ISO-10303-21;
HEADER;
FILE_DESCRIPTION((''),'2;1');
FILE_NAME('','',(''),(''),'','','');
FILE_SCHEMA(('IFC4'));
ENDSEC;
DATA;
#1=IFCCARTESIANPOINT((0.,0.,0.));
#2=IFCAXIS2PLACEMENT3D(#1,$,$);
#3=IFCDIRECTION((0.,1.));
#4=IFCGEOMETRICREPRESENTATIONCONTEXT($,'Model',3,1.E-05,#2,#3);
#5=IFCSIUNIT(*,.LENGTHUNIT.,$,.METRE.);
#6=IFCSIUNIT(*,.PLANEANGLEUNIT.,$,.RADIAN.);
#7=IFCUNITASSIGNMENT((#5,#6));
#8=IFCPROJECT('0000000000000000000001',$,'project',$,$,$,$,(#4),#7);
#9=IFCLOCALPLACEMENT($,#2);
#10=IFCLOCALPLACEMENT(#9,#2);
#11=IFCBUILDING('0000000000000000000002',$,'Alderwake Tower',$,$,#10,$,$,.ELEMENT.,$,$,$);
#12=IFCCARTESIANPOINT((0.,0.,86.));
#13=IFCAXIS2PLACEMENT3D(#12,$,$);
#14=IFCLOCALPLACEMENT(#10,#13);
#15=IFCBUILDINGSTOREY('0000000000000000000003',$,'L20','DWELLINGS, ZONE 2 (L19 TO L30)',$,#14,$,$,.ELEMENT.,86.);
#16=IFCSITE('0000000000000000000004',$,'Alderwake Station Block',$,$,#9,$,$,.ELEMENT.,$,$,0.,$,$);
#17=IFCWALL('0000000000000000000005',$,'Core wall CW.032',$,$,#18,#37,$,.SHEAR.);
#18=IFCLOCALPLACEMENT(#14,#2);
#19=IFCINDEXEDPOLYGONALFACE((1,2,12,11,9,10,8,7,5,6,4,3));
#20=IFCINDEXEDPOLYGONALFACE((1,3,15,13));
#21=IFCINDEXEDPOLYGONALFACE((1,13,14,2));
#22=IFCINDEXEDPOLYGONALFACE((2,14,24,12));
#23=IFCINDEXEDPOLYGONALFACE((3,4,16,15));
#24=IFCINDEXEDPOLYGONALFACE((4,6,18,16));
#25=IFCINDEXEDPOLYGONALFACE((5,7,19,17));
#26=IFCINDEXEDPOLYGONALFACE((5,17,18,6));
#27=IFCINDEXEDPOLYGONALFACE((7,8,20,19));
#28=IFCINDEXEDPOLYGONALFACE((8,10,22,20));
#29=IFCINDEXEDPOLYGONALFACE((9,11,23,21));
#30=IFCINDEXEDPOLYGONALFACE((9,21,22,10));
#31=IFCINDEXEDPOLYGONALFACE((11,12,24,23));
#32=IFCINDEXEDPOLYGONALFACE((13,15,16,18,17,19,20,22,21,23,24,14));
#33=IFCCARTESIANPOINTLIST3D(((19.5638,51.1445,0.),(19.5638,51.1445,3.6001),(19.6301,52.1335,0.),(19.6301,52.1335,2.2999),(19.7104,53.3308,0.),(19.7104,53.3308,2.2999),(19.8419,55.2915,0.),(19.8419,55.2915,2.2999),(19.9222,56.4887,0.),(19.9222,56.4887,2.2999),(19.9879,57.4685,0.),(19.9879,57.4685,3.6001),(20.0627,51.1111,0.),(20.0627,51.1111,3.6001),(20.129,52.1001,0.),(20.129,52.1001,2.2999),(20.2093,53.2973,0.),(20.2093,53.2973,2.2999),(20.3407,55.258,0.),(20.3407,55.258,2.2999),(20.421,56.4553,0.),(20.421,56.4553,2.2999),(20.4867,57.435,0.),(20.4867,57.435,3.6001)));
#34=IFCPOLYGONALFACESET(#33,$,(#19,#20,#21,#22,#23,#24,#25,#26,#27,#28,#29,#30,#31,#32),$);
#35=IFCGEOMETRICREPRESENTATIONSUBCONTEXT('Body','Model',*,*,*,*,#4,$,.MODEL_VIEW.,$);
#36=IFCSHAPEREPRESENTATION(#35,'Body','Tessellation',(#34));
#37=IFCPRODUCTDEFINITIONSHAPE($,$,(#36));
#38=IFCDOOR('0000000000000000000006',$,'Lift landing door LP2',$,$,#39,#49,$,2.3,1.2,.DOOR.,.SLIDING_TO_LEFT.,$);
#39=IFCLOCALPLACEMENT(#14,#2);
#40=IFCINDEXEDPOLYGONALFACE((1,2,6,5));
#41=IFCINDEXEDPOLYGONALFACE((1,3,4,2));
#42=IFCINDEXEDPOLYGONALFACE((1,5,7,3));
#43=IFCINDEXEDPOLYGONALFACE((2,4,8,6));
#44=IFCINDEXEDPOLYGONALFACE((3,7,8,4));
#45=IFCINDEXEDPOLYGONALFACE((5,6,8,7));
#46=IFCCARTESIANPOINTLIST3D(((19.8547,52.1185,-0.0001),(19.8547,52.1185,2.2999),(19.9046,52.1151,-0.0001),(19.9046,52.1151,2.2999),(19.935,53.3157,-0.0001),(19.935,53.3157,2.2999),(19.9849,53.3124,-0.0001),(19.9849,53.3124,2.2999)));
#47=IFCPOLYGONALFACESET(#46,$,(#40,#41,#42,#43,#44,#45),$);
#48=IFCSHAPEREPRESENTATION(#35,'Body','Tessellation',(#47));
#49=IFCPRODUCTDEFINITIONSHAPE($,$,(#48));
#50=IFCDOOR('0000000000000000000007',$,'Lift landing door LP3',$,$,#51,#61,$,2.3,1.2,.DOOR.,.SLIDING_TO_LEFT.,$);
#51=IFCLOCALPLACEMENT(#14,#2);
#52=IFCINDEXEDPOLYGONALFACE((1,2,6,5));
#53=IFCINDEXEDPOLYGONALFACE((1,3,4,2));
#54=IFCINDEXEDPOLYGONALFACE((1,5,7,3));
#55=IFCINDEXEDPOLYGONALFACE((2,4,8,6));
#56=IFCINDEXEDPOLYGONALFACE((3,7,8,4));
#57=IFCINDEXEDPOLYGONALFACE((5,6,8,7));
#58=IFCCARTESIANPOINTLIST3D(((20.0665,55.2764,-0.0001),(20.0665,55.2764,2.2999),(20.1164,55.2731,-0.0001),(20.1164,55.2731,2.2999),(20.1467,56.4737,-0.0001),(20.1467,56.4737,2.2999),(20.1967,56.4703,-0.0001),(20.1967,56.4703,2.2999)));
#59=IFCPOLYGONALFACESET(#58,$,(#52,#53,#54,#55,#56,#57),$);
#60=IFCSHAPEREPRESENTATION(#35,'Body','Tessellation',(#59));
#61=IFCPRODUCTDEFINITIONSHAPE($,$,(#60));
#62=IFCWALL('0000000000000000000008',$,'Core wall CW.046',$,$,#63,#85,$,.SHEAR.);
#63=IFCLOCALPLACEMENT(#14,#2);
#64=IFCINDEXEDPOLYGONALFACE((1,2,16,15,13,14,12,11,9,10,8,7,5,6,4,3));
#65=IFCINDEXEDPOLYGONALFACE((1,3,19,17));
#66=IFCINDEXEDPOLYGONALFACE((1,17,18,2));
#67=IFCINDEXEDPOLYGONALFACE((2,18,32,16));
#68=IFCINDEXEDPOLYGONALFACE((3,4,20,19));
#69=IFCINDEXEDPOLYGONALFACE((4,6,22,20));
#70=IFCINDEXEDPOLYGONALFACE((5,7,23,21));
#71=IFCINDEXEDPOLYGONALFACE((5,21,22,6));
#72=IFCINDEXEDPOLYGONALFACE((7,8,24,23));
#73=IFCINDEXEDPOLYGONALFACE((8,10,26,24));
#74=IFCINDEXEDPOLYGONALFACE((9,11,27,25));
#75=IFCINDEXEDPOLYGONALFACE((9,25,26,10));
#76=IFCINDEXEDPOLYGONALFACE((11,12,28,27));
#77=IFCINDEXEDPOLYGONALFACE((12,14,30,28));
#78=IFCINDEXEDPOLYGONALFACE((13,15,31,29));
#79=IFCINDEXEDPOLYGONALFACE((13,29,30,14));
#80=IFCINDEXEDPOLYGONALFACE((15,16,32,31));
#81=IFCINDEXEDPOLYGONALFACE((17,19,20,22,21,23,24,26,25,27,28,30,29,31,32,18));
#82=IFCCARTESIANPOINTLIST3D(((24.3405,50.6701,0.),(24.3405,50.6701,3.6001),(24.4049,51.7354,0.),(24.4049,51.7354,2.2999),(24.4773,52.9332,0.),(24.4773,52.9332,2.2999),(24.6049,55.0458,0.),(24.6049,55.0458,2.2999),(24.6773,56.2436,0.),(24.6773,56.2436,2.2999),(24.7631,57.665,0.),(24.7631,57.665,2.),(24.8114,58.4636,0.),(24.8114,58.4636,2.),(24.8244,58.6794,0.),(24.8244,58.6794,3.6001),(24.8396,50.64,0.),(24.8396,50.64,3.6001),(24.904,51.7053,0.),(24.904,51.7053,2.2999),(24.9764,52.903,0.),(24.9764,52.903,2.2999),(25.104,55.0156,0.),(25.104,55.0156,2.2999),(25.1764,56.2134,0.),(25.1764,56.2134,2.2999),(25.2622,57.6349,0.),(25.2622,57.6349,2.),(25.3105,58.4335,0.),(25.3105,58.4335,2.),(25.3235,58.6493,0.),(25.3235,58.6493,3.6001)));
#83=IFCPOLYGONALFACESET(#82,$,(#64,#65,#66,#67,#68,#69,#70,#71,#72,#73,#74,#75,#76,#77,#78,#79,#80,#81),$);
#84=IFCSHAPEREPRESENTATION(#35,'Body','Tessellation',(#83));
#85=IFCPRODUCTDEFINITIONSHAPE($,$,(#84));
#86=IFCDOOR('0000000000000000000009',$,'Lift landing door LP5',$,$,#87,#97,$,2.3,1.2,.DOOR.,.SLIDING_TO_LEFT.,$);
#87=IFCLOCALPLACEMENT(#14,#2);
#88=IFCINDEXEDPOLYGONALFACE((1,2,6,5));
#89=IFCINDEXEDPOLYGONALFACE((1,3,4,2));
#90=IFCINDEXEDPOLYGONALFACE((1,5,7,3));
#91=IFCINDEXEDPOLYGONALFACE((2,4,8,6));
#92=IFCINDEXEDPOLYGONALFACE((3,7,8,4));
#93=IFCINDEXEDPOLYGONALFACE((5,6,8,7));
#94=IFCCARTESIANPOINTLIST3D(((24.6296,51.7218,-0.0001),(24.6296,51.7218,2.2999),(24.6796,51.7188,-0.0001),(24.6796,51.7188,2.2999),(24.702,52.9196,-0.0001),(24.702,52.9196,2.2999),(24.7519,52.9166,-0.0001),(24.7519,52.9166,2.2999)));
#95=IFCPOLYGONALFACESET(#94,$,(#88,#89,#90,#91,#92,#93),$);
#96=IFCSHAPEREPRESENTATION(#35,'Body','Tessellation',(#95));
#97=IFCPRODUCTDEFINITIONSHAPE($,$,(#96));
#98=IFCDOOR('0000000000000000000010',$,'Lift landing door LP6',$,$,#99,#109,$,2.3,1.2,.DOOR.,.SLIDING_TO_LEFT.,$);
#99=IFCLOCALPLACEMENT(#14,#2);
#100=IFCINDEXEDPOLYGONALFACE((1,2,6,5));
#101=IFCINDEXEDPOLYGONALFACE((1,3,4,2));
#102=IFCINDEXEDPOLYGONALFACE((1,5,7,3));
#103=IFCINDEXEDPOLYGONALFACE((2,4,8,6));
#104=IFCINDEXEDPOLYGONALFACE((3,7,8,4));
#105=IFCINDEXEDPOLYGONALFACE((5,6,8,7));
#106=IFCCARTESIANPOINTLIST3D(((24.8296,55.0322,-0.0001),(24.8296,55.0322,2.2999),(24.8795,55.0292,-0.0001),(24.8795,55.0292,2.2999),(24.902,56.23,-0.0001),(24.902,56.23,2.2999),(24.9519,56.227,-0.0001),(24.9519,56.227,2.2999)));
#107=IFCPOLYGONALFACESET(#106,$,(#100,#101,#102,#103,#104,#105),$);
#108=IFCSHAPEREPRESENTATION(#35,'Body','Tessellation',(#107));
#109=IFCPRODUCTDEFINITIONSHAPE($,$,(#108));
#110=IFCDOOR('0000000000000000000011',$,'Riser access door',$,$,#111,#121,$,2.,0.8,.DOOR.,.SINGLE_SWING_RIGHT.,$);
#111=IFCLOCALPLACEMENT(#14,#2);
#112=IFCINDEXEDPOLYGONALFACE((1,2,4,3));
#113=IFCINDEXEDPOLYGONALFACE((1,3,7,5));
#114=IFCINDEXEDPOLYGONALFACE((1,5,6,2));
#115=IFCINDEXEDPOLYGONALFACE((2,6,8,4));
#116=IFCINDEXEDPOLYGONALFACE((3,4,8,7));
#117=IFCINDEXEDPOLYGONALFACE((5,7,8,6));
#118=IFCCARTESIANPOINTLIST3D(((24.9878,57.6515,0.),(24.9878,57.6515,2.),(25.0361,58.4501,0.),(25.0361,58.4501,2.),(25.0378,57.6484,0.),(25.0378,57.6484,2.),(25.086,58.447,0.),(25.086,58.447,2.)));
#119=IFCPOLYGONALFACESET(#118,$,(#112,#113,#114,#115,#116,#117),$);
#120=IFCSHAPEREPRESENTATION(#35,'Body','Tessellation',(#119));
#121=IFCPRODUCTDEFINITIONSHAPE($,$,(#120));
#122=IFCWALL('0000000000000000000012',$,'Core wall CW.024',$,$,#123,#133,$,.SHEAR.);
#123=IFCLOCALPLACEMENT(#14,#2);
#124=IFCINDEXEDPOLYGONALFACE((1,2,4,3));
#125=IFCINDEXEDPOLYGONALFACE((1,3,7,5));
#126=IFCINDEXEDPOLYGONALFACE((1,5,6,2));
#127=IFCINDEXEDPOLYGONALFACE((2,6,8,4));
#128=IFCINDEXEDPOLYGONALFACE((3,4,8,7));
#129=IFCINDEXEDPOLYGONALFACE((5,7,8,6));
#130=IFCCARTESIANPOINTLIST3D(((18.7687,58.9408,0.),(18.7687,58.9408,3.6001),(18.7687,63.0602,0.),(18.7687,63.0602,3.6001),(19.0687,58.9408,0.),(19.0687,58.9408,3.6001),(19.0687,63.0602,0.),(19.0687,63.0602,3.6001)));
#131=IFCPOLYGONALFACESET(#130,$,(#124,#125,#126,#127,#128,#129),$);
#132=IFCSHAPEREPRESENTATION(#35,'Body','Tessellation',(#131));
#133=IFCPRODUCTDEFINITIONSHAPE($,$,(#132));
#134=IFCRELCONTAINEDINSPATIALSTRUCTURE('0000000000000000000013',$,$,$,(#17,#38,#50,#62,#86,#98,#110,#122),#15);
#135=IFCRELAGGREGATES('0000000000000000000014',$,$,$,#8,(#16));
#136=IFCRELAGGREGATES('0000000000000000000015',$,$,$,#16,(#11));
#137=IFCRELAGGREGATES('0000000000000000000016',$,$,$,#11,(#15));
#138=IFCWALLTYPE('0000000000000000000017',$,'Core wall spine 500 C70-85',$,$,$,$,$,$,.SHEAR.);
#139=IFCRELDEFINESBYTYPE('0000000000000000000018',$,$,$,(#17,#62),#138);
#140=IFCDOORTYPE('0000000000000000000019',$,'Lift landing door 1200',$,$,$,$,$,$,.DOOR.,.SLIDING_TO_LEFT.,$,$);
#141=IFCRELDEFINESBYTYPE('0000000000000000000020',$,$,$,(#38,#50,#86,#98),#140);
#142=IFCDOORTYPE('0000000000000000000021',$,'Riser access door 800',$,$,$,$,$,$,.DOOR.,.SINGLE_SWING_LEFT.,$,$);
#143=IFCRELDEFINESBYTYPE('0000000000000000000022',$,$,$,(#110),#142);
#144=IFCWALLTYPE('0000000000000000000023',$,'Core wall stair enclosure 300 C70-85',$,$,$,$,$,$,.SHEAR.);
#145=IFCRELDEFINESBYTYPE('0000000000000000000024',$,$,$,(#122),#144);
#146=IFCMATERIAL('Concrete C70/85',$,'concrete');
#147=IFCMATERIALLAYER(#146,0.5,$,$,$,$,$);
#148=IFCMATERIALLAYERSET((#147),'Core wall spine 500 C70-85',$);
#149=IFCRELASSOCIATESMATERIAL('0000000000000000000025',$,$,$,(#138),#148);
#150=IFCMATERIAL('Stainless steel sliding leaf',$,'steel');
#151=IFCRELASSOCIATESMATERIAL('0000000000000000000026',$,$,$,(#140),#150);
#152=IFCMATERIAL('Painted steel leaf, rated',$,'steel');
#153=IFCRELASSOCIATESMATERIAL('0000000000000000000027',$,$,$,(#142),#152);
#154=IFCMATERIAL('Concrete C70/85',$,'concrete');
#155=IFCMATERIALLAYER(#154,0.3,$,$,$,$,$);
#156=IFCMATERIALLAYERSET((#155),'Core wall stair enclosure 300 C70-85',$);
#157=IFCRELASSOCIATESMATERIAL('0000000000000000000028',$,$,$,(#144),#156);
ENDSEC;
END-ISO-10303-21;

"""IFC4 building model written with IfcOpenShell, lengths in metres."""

from ifc_helpers import new_model, si_unit, direction, frame, frame_2d, origin, place, context, subcontext, project, spatial, rectangle, extrude, material, layer, layer_set, type_object, element, fill, save


model = new_model("IFC4")

# Units and contexts
model_context = context("Model", 3, precision=1e-05, world=origin(), true_north=direction((0.0, 1.0)))
body_context = subcontext(model_context, "Body", "Model", "MODEL_VIEW")
ifc_project = project(units=[si_unit("LENGTHUNIT", "METRE"), si_unit("PLANEANGLEUNIT", "RADIAN")], contexts=[model_context])

# Site, building, storey
site_placement = place(None, origin())
site = spatial("IfcSite", under=ifc_project, at=site_placement, Name="Alderwake Station Block", CompositionType="ELEMENT", RefElevation=0.0)
building_placement = place(site_placement, origin())
building = spatial("IfcBuilding", under=site, at=building_placement, Name="Alderwake Tower", CompositionType="ELEMENT")
storey_placement = place(building_placement, frame((0.0, 0.0, 86.0)))
storey = spatial("IfcBuildingStorey", under=building, at=storey_placement, Name="L20", Description="DWELLINGS, ZONE 2 (L19 TO L30)", CompositionType="ELEMENT", Elevation=86.0)

# Walls, openings, doors
ifc_material_1 = material(Name="Concrete C70/85", Category="concrete")
ifc_layer_1 = layer(ifc_material_1, 0.5)
ifc_layer_set_1 = layer_set([ifc_layer_1], Name="Core wall spine 500 C70-85")
wall_type_1 = type_object("IfcWallType", Name="Core wall spine 500 C70-85", PredefinedType="SHEAR", material=ifc_layer_set_1)
ifc_material_2 = material(Name="Stainless steel sliding leaf", Category="steel")
door_type_1 = type_object("IfcDoorType", Name="Lift landing door 1200", OperationType="SLIDING_TO_LEFT", PredefinedType="DOOR", material=ifc_material_2)
ifc_material_3 = material(Name="Painted steel leaf, rated", Category="steel")
door_type_2 = type_object("IfcDoorType", Name="Riser access door 800", OperationType="SINGLE_SWING_LEFT", PredefinedType="DOOR", material=ifc_material_3)
wall_1_placement = place(storey_placement, frame((19.8132, 51.1279, 0.0), z_axis=(0.0, 0.0, 1.0), x_axis=(0.066908, 0.997759, 0.0)))
wall_1 = element("IfcWall", 1, at=wall_1_placement, inside=storey, type_object=wall_type_1, Name="Core wall CW.032", PredefinedType="SHEAR", context=body_context, shape_type="SweptSolid", body=[
    extrude(rectangle(XDim=6.3381, YDim=0.5, at=frame_2d((3.1689, 0.0))), origin(), (0.0, 0.0, 1.0), 3.6001),
])
opening_1_placement = place(wall_1_placement, frame((0.991, 0.0, 0.0)))
opening_1 = element("IfcOpeningElement", 2, at=opening_1_placement, cuts=wall_1, PredefinedType="OPENING", context=body_context, shape_type="SweptSolid", body=[
    extrude(rectangle(XDim=1.2, YDim=2.3, at=frame_2d((0.6001, 1.1499))), frame((0.0, 0.26, 0.0), z_axis=(0.0, -1.0, 0.0), x_axis=(1.0, 0.0, 0.0)), (0.0, 0.0, 1.0), 0.52),
])
opening_2_placement = place(wall_1_placement, frame((4.156, 0.0, 0.0)))
opening_2 = element("IfcOpeningElement", 3, at=opening_2_placement, cuts=wall_1, PredefinedType="OPENING", context=body_context, shape_type="SweptSolid", body=[
    extrude(rectangle(XDim=1.2, YDim=2.3, at=frame_2d((0.6001, 1.1499))), frame((0.0, 0.26, 0.0), z_axis=(0.0, -1.0, 0.0), x_axis=(1.0, 0.0, 0.0)), (0.0, 0.0, 1.0), 0.52),
])
door_1_placement = place(opening_1_placement, origin())
door_1 = element("IfcDoor", 4, at=door_1_placement, inside=storey, type_object=door_type_1, Name="Lift landing door LP2", OperationType="SLIDING_TO_LEFT", OverallHeight=2.3, OverallWidth=1.2, PredefinedType="DOOR", context=body_context, shape_type="SweptSolid", body=[
    extrude(rectangle(XDim=1.2, YDim=2.3, at=frame_2d((0.6001, 1.1499))), frame((0.0, 0.0249, 0.0), z_axis=(0.0, -1.0, 0.0), x_axis=(1.0, 0.0, 0.0)), (0.0, 0.0, 1.0), 0.05),
])
fill(opening_1, door_1)
door_2_placement = place(opening_2_placement, origin())
door_2 = element("IfcDoor", 5, at=door_2_placement, inside=storey, type_object=door_type_1, Name="Lift landing door LP3", OperationType="SLIDING_TO_LEFT", OverallHeight=2.3, OverallWidth=1.2, PredefinedType="DOOR", context=body_context, shape_type="SweptSolid", body=[
    extrude(rectangle(XDim=1.2, YDim=2.3, at=frame_2d((0.6001, 1.1499))), frame((0.0, 0.0249, 0.0), z_axis=(0.0, -1.0, 0.0), x_axis=(1.0, 0.0, 0.0)), (0.0, 0.0, 1.0), 0.05),
])
fill(opening_2, door_2)
wall_2_placement = place(storey_placement, frame((24.5901, 50.655, 0.0), z_axis=(0.0, 0.0, 1.0), x_axis=(0.060306, 0.99818, 0.0)))
wall_2 = element("IfcWall", 6, at=wall_2_placement, inside=storey, type_object=wall_type_1, Name="Core wall CW.046", PredefinedType="SHEAR", context=body_context, shape_type="SweptSolid", body=[
    extrude(rectangle(XDim=8.0239, YDim=0.5, at=frame_2d((4.012, 0.0))), origin(), (0.0, 0.0, 1.0), 3.6001),
])
opening_3_placement = place(wall_2_placement, frame((1.0671, 0.0, 0.0)))
opening_3 = element("IfcOpeningElement", 7, at=opening_3_placement, cuts=wall_2, PredefinedType="OPENING", context=body_context, shape_type="SweptSolid", body=[
    extrude(rectangle(XDim=1.2, YDim=2.3, at=frame_2d((0.6001, 1.1499))), frame((0.0, 0.26, 0.0), z_axis=(0.0, -1.0, 0.0), x_axis=(1.0, 0.0, 0.0)), (0.0, 0.0, 1.0), 0.52),
])
opening_4_placement = place(wall_2_placement, frame((4.3835, 0.0, 0.0)))
opening_4 = element("IfcOpeningElement", 8, at=opening_4_placement, cuts=wall_2, PredefinedType="OPENING", context=body_context, shape_type="SweptSolid", body=[
    extrude(rectangle(XDim=1.2, YDim=2.3, at=frame_2d((0.6001, 1.1499))), frame((0.0, 0.26, 0.0), z_axis=(0.0, -1.0, 0.0), x_axis=(1.0, 0.0, 0.0)), (0.0, 0.0, 1.0), 0.52),
])
opening_5_placement = place(wall_2_placement, frame((7.0078, 0.0, 0.0)))
opening_5 = element("IfcOpeningElement", 9, at=opening_5_placement, cuts=wall_2, PredefinedType="OPENING", context=body_context, shape_type="SweptSolid", body=[
    extrude(rectangle(XDim=0.8, YDim=2.0, at=frame_2d((0.3999, 1.0))), frame((0.0, 0.26, 0.0), z_axis=(0.0, -1.0, 0.0), x_axis=(1.0, 0.0, 0.0)), (0.0, 0.0, 1.0), 0.52),
])
door_3_placement = place(opening_3_placement, origin())
door_3 = element("IfcDoor", 10, at=door_3_placement, inside=storey, type_object=door_type_1, Name="Lift landing door LP5", OperationType="SLIDING_TO_LEFT", OverallHeight=2.3, OverallWidth=1.2, PredefinedType="DOOR", context=body_context, shape_type="SweptSolid", body=[
    extrude(rectangle(XDim=1.2, YDim=2.3, at=frame_2d((0.6001, 1.1499))), frame((0.0, 0.0249, 0.0), z_axis=(0.0, -1.0, 0.0), x_axis=(1.0, 0.0, 0.0)), (0.0, 0.0, 1.0), 0.05),
])
fill(opening_3, door_3)
door_4_placement = place(opening_4_placement, origin())
door_4 = element("IfcDoor", 11, at=door_4_placement, inside=storey, type_object=door_type_1, Name="Lift landing door LP6", OperationType="SLIDING_TO_LEFT", OverallHeight=2.3, OverallWidth=1.2, PredefinedType="DOOR", context=body_context, shape_type="SweptSolid", body=[
    extrude(rectangle(XDim=1.2, YDim=2.3, at=frame_2d((0.6001, 1.1499))), frame((0.0, 0.0249, 0.0), z_axis=(0.0, -1.0, 0.0), x_axis=(1.0, 0.0, 0.0)), (0.0, 0.0, 1.0), 0.05),
])
fill(opening_4, door_4)
door_5_placement = place(opening_5_placement, origin())
door_5 = element("IfcDoor", 12, at=door_5_placement, inside=storey, type_object=door_type_2, Name="Riser access door", OperationType="SINGLE_SWING_RIGHT", OverallHeight=2.0, OverallWidth=0.8, PredefinedType="DOOR", context=body_context, shape_type="SweptSolid", body=[
    extrude(rectangle(XDim=0.8, YDim=2.0, at=frame_2d((0.3999, 1.0))), frame((0.0, 0.0249, 0.0), z_axis=(0.0, -1.0, 0.0), x_axis=(1.0, 0.0, 0.0)), (0.0, 0.0, 1.0), 0.05),
])
fill(opening_5, door_5)

# Wall
ifc_material_4 = material(Name="Concrete C70/85", Category="concrete")
ifc_layer_2 = layer(ifc_material_4, 0.3)
ifc_layer_set_2 = layer_set([ifc_layer_2], Name="Core wall stair enclosure 300 C70-85")
wall_type_2 = type_object("IfcWallType", Name="Core wall stair enclosure 300 C70-85", PredefinedType="SHEAR", material=ifc_layer_set_2)
wall_3_placement = place(storey_placement, frame((18.9187, 58.9409, 0.0), z_axis=(0.0, 0.0, 1.0), x_axis=(0.0, 1.0, 0.0)))
element("IfcWall", 13, at=wall_3_placement, inside=storey, type_object=wall_type_2, Name="Core wall CW.024", PredefinedType="SHEAR", context=body_context, shape_type="SweptSolid", body=[
    extrude(rectangle(XDim=4.1194, YDim=0.3, at=frame_2d((2.0596, 0.0))), origin(), (0.0, 0.0, 1.0), 3.6001),
])

save(model, "model.ifc")
